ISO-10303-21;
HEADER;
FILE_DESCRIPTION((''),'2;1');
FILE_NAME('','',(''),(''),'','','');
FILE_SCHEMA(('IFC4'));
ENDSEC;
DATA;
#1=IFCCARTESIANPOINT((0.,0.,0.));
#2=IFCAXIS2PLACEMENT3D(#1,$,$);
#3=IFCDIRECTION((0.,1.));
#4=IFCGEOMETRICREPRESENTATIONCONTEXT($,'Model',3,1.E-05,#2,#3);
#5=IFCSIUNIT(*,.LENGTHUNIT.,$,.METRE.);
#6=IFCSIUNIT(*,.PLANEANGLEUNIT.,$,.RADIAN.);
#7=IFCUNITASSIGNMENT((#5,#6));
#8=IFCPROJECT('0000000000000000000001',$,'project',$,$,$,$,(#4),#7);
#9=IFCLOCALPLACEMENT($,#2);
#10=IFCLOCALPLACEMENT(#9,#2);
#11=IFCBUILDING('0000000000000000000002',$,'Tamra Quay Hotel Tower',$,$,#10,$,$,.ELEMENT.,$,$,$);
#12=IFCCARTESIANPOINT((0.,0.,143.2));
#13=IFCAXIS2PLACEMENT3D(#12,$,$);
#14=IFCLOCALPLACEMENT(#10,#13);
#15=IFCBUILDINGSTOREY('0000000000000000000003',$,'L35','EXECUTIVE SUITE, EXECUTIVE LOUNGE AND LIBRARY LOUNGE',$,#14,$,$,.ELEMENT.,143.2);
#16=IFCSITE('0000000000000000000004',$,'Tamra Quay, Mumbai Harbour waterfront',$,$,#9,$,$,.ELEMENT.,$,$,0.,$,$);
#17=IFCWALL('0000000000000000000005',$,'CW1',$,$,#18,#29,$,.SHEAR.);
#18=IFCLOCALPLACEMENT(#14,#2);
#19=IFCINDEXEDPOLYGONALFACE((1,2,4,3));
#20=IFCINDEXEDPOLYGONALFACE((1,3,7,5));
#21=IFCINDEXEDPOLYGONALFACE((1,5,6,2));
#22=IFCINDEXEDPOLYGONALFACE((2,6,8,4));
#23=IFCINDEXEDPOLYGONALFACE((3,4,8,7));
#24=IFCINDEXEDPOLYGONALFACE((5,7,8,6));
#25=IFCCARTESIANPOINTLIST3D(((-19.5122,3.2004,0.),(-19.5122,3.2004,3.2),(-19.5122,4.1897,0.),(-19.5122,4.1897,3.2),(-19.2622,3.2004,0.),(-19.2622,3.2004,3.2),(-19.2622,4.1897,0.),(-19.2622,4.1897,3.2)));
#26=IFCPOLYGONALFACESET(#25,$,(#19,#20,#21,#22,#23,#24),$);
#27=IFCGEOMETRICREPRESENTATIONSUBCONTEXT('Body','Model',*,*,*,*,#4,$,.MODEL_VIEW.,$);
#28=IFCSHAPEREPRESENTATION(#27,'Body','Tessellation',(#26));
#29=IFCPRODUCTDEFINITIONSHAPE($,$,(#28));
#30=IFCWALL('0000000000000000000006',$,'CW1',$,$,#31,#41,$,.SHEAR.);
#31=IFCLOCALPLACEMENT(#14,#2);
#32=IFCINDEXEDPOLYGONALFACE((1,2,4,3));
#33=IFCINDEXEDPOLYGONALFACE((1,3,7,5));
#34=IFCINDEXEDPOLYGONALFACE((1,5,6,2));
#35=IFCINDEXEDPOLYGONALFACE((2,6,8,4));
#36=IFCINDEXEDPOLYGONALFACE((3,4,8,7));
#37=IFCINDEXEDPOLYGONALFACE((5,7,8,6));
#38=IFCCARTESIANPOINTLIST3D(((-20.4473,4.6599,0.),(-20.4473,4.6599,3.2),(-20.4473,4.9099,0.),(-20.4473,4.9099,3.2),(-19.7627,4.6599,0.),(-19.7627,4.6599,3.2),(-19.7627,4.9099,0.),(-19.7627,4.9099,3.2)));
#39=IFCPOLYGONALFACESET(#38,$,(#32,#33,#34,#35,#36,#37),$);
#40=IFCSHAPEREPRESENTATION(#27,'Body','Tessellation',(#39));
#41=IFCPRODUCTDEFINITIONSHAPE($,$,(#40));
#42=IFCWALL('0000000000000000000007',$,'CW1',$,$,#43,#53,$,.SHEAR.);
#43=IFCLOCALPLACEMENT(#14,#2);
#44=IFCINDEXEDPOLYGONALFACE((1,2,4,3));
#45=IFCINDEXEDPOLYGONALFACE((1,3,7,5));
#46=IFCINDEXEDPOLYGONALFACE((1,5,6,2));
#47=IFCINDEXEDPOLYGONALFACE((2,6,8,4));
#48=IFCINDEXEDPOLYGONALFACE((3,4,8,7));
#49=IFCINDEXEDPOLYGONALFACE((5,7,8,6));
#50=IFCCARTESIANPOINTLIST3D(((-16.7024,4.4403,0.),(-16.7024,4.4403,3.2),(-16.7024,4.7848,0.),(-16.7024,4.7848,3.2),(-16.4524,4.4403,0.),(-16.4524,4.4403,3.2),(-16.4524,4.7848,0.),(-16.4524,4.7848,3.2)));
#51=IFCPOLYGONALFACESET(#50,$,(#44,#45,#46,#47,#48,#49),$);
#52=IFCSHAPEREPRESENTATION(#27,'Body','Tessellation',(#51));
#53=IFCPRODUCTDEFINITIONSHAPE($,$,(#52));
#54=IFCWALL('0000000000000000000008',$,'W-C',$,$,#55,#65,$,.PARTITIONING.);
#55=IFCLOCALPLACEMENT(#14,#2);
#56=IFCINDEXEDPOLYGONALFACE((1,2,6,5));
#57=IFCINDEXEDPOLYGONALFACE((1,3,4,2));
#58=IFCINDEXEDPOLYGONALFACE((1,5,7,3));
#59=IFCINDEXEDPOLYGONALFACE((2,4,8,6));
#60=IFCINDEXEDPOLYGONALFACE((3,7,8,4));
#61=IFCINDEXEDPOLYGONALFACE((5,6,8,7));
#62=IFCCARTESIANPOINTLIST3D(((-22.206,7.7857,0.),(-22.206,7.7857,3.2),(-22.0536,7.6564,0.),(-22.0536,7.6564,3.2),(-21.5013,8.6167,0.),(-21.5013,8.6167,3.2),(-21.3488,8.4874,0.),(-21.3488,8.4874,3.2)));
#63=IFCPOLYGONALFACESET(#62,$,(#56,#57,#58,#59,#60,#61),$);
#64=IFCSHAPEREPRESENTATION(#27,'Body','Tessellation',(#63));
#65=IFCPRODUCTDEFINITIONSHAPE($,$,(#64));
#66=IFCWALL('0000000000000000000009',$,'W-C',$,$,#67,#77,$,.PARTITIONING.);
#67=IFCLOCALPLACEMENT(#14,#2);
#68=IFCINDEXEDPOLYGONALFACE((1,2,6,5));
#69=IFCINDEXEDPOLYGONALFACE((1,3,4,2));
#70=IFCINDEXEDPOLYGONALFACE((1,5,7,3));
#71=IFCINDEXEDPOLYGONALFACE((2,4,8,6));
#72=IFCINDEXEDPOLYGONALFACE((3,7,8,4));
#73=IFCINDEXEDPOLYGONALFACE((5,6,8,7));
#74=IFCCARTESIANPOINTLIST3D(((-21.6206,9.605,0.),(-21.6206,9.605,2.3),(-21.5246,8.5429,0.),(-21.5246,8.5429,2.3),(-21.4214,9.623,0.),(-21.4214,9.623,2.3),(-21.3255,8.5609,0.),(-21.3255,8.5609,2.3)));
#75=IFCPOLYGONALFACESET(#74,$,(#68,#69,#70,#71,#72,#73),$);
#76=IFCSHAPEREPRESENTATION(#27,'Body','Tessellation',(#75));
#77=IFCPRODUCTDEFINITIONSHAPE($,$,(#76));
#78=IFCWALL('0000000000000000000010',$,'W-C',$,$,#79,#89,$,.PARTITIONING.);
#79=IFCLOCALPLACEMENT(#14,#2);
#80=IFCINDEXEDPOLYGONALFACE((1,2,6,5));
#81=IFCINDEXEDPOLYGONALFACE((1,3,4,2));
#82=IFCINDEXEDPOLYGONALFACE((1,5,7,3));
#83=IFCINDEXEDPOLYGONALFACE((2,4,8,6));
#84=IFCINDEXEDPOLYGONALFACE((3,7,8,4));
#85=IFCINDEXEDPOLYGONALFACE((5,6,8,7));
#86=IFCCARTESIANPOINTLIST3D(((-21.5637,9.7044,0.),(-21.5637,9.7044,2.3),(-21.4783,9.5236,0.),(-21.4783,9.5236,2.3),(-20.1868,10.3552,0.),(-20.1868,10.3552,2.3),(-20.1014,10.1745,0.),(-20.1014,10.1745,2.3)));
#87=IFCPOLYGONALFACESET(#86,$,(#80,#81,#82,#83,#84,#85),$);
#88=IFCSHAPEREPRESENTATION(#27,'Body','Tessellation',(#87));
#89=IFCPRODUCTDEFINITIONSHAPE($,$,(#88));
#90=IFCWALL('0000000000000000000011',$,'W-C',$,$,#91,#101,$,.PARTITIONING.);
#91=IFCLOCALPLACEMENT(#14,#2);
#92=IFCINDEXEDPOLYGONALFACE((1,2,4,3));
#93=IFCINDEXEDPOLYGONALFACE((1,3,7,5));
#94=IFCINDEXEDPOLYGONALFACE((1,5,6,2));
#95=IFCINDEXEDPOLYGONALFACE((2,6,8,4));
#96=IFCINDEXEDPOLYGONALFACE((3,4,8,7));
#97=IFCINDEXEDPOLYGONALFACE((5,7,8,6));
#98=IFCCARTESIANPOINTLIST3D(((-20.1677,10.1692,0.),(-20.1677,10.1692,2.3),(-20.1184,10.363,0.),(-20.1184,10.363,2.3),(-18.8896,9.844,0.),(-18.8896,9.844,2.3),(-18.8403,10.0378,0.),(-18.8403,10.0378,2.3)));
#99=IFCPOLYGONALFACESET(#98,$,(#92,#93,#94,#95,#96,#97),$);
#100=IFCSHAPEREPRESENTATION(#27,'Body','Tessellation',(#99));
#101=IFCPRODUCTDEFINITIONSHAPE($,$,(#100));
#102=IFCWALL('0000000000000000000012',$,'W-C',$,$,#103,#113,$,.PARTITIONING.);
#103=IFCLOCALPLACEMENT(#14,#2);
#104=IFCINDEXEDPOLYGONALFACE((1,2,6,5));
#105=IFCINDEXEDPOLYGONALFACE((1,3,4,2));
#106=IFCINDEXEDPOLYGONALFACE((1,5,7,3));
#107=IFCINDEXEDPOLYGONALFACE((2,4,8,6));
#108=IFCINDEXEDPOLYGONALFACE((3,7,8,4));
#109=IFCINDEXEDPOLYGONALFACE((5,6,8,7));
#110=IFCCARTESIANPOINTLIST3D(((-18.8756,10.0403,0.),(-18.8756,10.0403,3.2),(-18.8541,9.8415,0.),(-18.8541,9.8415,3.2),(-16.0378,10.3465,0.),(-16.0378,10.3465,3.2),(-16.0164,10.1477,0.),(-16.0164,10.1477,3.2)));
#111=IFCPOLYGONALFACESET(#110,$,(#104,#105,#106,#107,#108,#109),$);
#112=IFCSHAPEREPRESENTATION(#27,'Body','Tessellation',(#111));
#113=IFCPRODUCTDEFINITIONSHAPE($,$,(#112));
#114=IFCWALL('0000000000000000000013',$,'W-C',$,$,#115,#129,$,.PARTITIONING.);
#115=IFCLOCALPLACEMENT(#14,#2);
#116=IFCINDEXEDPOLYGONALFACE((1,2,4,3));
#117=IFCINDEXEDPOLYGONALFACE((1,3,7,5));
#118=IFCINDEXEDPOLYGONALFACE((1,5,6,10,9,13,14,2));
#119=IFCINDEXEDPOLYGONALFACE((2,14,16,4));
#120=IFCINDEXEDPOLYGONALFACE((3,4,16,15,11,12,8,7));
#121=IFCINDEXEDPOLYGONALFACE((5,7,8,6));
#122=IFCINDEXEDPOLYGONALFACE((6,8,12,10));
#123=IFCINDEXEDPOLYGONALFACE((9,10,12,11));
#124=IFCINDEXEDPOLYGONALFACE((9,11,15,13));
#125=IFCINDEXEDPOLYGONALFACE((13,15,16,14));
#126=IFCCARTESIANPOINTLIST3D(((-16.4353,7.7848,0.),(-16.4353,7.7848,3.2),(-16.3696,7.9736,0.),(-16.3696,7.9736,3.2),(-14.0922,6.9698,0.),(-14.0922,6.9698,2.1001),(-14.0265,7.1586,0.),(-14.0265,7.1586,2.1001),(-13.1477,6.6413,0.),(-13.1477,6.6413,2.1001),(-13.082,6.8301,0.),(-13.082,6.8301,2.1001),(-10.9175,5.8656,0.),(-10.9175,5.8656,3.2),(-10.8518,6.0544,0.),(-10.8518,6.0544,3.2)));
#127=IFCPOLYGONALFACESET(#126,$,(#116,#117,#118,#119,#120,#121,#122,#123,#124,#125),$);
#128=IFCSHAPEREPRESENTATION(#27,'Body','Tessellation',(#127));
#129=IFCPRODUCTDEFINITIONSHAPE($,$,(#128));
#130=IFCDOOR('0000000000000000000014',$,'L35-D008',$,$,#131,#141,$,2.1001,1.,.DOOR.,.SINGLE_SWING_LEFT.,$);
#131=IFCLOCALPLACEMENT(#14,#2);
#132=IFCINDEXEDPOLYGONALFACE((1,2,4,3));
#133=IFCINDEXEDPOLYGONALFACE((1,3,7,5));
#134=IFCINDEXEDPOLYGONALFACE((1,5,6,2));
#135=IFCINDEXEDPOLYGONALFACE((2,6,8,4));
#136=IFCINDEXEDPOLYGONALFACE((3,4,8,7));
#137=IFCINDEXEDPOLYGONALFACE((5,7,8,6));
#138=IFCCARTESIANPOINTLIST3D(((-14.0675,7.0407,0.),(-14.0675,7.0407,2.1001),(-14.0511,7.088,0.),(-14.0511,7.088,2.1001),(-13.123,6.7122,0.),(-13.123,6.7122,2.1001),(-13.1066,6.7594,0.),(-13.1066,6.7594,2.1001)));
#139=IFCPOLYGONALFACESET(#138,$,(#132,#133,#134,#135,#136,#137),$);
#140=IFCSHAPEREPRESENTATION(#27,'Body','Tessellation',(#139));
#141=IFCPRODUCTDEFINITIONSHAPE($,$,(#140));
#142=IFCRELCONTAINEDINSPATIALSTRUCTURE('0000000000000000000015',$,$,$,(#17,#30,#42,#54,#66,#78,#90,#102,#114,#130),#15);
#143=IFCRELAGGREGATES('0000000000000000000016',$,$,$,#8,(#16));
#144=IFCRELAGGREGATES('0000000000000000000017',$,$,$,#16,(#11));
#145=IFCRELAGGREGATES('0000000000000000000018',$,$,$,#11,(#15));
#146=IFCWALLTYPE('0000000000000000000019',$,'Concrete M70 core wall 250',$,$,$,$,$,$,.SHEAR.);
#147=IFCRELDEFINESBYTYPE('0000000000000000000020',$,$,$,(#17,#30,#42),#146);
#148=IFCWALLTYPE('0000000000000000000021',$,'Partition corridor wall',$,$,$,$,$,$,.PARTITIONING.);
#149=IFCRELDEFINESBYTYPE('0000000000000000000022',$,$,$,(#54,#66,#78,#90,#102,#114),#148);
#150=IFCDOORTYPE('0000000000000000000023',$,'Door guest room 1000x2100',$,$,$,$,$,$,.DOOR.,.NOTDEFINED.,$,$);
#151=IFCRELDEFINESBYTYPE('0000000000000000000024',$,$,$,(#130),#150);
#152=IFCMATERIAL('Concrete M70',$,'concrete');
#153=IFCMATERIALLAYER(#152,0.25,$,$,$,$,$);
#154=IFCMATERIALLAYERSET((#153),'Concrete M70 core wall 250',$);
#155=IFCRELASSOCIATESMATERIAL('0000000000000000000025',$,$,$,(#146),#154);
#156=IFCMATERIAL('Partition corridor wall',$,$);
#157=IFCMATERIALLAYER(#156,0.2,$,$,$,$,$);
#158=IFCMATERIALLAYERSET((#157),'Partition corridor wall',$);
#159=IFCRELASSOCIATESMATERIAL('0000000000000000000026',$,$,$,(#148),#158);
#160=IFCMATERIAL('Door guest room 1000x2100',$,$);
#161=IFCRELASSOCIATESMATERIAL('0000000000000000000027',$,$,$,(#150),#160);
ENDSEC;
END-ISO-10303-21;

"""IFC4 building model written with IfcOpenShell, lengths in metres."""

from ifc_helpers import new_model, si_unit, direction, frame, frame_2d, origin, place, context, subcontext, project, spatial, rectangle, extrude, material, layer, layer_set, type_object, element, fill, save


model = new_model("IFC4")

# Units and contexts
model_context = context("Model", 3, precision=1e-05, world=origin(), true_north=direction((0.0, 1.0)))
body_context = subcontext(model_context, "Body", "Model", "MODEL_VIEW")
ifc_project = project(units=[si_unit("LENGTHUNIT", "METRE"), si_unit("PLANEANGLEUNIT", "RADIAN")], contexts=[model_context])

# Site, building, storey
site_placement = place(None, origin())
site = spatial("IfcSite", under=ifc_project, at=site_placement, Name="Tamra Quay, Mumbai Harbour waterfront", CompositionType="ELEMENT", RefElevation=0.0)
building_placement = place(site_placement, origin())
building = spatial("IfcBuilding", under=site, at=building_placement, Name="Tamra Quay Hotel Tower", CompositionType="ELEMENT")
storey_placement = place(building_placement, frame((0.0, 0.0, 143.2)))
storey = spatial("IfcBuildingStorey", under=building, at=storey_placement, Name="L35", Description="EXECUTIVE SUITE, EXECUTIVE LOUNGE AND LIBRARY LOUNGE", CompositionType="ELEMENT", Elevation=143.2)

# Shared definitions
ifc_material_1 = material(Name="Concrete M70", Category="concrete")

# Walls
ifc_layer_1 = layer(ifc_material_1, 0.25)
ifc_layer_set_1 = layer_set([ifc_layer_1], Name="Concrete M70 core wall 250")
wall_type_1 = type_object("IfcWallType", Name="Concrete M70 core wall 250", PredefinedType="SHEAR", material=ifc_layer_set_1)
wall_1_placement = place(storey_placement, frame((-19.3872, 4.1897, 0.0), z_axis=(0.0, 0.0, 1.0), x_axis=(0.0, -1.0, 0.0)))
element("IfcWall", 1, at=wall_1_placement, inside=storey, type_object=wall_type_1, Name="CW1", PredefinedType="SHEAR", context=body_context, shape_type="SweptSolid", body=[
    extrude(rectangle(XDim=0.9893, YDim=0.25, at=frame_2d((0.4946, 0.0))), origin(), (0.0, 0.0, 1.0), 3.2),
])
wall_2_placement = place(storey_placement, frame((-20.4473, 4.7849, 0.0), z_axis=(0.0, 0.0, 1.0), x_axis=(1.0, 0.0, 0.0)))
element("IfcWall", 2, at=wall_2_placement, inside=storey, type_object=wall_type_1, Name="CW1", PredefinedType="SHEAR", context=body_context, shape_type="SweptSolid", body=[
    extrude(rectangle(XDim=0.6846, YDim=0.25, at=frame_2d((0.3423, 0.0))), origin(), (0.0, 0.0, 1.0), 3.2),
])
wall_3_placement = place(storey_placement, frame((-16.5774, 4.7849, 0.0), z_axis=(0.0, 0.0, 1.0), x_axis=(0.0, -1.0, 0.0)))
element("IfcWall", 3, at=wall_3_placement, inside=storey, type_object=wall_type_1, Name="CW1", PredefinedType="SHEAR", context=body_context, shape_type="SweptSolid", body=[
    extrude(rectangle(XDim=0.3445, YDim=0.25, at=frame_2d((0.1724, 0.0))), origin(), (0.0, 0.0, 1.0), 3.2),
])
ifc_material_2 = material(Name="Partition corridor wall")
ifc_layer_2 = layer(ifc_material_2, 0.2)
ifc_layer_set_2 = layer_set([ifc_layer_2], Name="Partition corridor wall")
wall_type_2 = type_object("IfcWallType", Name="Partition corridor wall", PredefinedType="PARTITIONING", material=ifc_layer_set_2)
wall_4_placement = place(storey_placement, frame((-22.1299, 7.7209, 0.0), z_axis=(0.0, 0.0, 1.0), x_axis=(0.646816, 0.762646, 0.0)))
element("IfcWall", 4, at=wall_4_placement, inside=storey, type_object=wall_type_2, Name="W-C", PredefinedType="PARTITIONING", context=body_context, shape_type="SweptSolid", body=[
    extrude(rectangle(XDim=1.0896, YDim=0.2, at=frame_2d((0.5449, 0.0))), origin(), (0.0, 0.0, 1.0), 3.2),
])
wall_5_placement = place(storey_placement, frame((-21.521, 9.614, 0.0), z_axis=(0.0, 0.0, 1.0), x_axis=(0.089978, -0.995944, 0.0)))
element("IfcWall", 5, at=wall_5_placement, inside=storey, type_object=wall_type_2, Name="W-C", PredefinedType="PARTITIONING", context=body_context, shape_type="SweptSolid", body=[
    extrude(rectangle(XDim=1.0664, YDim=0.2, at=frame_2d((0.5332, 0.0))), origin(), (0.0, 0.0, 1.0), 2.3),
])
wall_6_placement = place(storey_placement, frame((-21.521, 9.614, 0.0), z_axis=(0.0, 0.0, 1.0), x_axis=(0.904084, 0.427356, 0.0)))
element("IfcWall", 6, at=wall_6_placement, inside=storey, type_object=wall_type_2, Name="W-C", PredefinedType="PARTITIONING", context=body_context, shape_type="SweptSolid", body=[
    extrude(rectangle(XDim=1.5229, YDim=0.2, at=frame_2d((0.7615, 0.0))), origin(), (0.0, 0.0, 1.0), 2.3),
])
wall_7_placement = place(storey_placement, frame((-20.1431, 10.2661, 0.0), z_axis=(0.0, 0.0, 1.0), x_axis=(0.969121, -0.246584, 0.0)))
element("IfcWall", 7, at=wall_7_placement, inside=storey, type_object=wall_type_2, Name="W-C", PredefinedType="PARTITIONING", context=body_context, shape_type="SweptSolid", body=[
    extrude(rectangle(XDim=1.3188, YDim=0.2, at=frame_2d((0.6594, 0.0))), origin(), (0.0, 0.0, 1.0), 2.3),
])
wall_8_placement = place(storey_placement, frame((-18.865, 9.9409, 0.0), z_axis=(0.0, 0.0, 1.0), x_axis=(0.994231, 0.107258, 0.0)))
element("IfcWall", 8, at=wall_8_placement, inside=storey, type_object=wall_type_2, Name="W-C", PredefinedType="PARTITIONING", context=body_context, shape_type="SweptSolid", body=[
    extrude(rectangle(XDim=2.8542, YDim=0.2, at=frame_2d((1.4272, 0.0))), origin(), (0.0, 0.0, 1.0), 3.2),
])

# Wall, opening, door
wall_9_placement = place(storey_placement, frame((-16.4023, 7.8792, 0.0), z_axis=(0.0, 0.0, 1.0), x_axis=(0.9445, -0.328513, 0.0)))
wall_9 = element("IfcWall", 9, at=wall_9_placement, inside=storey, type_object=wall_type_2, Name="W-C", PredefinedType="PARTITIONING", context=body_context, shape_type="SweptSolid", body=[
    extrude(rectangle(XDim=5.842, YDim=0.2, at=frame_2d((2.9209, 0.0))), origin(), (0.0, 0.0, 1.0), 3.2),
])
opening_1_placement = place(wall_9_placement, frame((2.4807, 0.0, 0.0)))
opening_1 = element("IfcOpeningElement", 10, at=opening_1_placement, cuts=wall_9, PredefinedType="OPENING", context=body_context, shape_type="SweptSolid", body=[
    extrude(rectangle(XDim=1.0, YDim=2.1001, at=frame_2d((0.5, 1.05))), frame((0.0, 0.1099, 0.0), z_axis=(0.0, -1.0, 0.0), x_axis=(1.0, 0.0, 0.0)), (0.0, 0.0, 1.0), 0.22),
])
ifc_material_3 = material(Name="Door guest room 1000x2100")
door_type_1 = type_object("IfcDoorType", Name="Door guest room 1000x2100", OperationType="NOTDEFINED", PredefinedType="DOOR", material=ifc_material_3)
door_1_placement = place(opening_1_placement, frame((1.0, 0.0, 0.0), z_axis=(0.0, 0.0, 1.0), x_axis=(-1.0, 0.0, 0.0)))
door_1 = element("IfcDoor", 11, at=door_1_placement, inside=storey, type_object=door_type_1, Name="L35-D008", OperationType="SINGLE_SWING_LEFT", OverallHeight=2.1001, OverallWidth=1.0, PredefinedType="DOOR", context=body_context, shape_type="SweptSolid", body=[
    extrude(rectangle(XDim=1.0, YDim=2.1001, at=frame_2d((0.5, 1.05))), frame((0.0, 0.0249, 0.0), z_axis=(0.0, -1.0, 0.0), x_axis=(1.0, 0.0, 0.0)), (0.0, 0.0, 1.0), 0.05),
])
fill(opening_1, door_1)

save(model, "model.ifc")
